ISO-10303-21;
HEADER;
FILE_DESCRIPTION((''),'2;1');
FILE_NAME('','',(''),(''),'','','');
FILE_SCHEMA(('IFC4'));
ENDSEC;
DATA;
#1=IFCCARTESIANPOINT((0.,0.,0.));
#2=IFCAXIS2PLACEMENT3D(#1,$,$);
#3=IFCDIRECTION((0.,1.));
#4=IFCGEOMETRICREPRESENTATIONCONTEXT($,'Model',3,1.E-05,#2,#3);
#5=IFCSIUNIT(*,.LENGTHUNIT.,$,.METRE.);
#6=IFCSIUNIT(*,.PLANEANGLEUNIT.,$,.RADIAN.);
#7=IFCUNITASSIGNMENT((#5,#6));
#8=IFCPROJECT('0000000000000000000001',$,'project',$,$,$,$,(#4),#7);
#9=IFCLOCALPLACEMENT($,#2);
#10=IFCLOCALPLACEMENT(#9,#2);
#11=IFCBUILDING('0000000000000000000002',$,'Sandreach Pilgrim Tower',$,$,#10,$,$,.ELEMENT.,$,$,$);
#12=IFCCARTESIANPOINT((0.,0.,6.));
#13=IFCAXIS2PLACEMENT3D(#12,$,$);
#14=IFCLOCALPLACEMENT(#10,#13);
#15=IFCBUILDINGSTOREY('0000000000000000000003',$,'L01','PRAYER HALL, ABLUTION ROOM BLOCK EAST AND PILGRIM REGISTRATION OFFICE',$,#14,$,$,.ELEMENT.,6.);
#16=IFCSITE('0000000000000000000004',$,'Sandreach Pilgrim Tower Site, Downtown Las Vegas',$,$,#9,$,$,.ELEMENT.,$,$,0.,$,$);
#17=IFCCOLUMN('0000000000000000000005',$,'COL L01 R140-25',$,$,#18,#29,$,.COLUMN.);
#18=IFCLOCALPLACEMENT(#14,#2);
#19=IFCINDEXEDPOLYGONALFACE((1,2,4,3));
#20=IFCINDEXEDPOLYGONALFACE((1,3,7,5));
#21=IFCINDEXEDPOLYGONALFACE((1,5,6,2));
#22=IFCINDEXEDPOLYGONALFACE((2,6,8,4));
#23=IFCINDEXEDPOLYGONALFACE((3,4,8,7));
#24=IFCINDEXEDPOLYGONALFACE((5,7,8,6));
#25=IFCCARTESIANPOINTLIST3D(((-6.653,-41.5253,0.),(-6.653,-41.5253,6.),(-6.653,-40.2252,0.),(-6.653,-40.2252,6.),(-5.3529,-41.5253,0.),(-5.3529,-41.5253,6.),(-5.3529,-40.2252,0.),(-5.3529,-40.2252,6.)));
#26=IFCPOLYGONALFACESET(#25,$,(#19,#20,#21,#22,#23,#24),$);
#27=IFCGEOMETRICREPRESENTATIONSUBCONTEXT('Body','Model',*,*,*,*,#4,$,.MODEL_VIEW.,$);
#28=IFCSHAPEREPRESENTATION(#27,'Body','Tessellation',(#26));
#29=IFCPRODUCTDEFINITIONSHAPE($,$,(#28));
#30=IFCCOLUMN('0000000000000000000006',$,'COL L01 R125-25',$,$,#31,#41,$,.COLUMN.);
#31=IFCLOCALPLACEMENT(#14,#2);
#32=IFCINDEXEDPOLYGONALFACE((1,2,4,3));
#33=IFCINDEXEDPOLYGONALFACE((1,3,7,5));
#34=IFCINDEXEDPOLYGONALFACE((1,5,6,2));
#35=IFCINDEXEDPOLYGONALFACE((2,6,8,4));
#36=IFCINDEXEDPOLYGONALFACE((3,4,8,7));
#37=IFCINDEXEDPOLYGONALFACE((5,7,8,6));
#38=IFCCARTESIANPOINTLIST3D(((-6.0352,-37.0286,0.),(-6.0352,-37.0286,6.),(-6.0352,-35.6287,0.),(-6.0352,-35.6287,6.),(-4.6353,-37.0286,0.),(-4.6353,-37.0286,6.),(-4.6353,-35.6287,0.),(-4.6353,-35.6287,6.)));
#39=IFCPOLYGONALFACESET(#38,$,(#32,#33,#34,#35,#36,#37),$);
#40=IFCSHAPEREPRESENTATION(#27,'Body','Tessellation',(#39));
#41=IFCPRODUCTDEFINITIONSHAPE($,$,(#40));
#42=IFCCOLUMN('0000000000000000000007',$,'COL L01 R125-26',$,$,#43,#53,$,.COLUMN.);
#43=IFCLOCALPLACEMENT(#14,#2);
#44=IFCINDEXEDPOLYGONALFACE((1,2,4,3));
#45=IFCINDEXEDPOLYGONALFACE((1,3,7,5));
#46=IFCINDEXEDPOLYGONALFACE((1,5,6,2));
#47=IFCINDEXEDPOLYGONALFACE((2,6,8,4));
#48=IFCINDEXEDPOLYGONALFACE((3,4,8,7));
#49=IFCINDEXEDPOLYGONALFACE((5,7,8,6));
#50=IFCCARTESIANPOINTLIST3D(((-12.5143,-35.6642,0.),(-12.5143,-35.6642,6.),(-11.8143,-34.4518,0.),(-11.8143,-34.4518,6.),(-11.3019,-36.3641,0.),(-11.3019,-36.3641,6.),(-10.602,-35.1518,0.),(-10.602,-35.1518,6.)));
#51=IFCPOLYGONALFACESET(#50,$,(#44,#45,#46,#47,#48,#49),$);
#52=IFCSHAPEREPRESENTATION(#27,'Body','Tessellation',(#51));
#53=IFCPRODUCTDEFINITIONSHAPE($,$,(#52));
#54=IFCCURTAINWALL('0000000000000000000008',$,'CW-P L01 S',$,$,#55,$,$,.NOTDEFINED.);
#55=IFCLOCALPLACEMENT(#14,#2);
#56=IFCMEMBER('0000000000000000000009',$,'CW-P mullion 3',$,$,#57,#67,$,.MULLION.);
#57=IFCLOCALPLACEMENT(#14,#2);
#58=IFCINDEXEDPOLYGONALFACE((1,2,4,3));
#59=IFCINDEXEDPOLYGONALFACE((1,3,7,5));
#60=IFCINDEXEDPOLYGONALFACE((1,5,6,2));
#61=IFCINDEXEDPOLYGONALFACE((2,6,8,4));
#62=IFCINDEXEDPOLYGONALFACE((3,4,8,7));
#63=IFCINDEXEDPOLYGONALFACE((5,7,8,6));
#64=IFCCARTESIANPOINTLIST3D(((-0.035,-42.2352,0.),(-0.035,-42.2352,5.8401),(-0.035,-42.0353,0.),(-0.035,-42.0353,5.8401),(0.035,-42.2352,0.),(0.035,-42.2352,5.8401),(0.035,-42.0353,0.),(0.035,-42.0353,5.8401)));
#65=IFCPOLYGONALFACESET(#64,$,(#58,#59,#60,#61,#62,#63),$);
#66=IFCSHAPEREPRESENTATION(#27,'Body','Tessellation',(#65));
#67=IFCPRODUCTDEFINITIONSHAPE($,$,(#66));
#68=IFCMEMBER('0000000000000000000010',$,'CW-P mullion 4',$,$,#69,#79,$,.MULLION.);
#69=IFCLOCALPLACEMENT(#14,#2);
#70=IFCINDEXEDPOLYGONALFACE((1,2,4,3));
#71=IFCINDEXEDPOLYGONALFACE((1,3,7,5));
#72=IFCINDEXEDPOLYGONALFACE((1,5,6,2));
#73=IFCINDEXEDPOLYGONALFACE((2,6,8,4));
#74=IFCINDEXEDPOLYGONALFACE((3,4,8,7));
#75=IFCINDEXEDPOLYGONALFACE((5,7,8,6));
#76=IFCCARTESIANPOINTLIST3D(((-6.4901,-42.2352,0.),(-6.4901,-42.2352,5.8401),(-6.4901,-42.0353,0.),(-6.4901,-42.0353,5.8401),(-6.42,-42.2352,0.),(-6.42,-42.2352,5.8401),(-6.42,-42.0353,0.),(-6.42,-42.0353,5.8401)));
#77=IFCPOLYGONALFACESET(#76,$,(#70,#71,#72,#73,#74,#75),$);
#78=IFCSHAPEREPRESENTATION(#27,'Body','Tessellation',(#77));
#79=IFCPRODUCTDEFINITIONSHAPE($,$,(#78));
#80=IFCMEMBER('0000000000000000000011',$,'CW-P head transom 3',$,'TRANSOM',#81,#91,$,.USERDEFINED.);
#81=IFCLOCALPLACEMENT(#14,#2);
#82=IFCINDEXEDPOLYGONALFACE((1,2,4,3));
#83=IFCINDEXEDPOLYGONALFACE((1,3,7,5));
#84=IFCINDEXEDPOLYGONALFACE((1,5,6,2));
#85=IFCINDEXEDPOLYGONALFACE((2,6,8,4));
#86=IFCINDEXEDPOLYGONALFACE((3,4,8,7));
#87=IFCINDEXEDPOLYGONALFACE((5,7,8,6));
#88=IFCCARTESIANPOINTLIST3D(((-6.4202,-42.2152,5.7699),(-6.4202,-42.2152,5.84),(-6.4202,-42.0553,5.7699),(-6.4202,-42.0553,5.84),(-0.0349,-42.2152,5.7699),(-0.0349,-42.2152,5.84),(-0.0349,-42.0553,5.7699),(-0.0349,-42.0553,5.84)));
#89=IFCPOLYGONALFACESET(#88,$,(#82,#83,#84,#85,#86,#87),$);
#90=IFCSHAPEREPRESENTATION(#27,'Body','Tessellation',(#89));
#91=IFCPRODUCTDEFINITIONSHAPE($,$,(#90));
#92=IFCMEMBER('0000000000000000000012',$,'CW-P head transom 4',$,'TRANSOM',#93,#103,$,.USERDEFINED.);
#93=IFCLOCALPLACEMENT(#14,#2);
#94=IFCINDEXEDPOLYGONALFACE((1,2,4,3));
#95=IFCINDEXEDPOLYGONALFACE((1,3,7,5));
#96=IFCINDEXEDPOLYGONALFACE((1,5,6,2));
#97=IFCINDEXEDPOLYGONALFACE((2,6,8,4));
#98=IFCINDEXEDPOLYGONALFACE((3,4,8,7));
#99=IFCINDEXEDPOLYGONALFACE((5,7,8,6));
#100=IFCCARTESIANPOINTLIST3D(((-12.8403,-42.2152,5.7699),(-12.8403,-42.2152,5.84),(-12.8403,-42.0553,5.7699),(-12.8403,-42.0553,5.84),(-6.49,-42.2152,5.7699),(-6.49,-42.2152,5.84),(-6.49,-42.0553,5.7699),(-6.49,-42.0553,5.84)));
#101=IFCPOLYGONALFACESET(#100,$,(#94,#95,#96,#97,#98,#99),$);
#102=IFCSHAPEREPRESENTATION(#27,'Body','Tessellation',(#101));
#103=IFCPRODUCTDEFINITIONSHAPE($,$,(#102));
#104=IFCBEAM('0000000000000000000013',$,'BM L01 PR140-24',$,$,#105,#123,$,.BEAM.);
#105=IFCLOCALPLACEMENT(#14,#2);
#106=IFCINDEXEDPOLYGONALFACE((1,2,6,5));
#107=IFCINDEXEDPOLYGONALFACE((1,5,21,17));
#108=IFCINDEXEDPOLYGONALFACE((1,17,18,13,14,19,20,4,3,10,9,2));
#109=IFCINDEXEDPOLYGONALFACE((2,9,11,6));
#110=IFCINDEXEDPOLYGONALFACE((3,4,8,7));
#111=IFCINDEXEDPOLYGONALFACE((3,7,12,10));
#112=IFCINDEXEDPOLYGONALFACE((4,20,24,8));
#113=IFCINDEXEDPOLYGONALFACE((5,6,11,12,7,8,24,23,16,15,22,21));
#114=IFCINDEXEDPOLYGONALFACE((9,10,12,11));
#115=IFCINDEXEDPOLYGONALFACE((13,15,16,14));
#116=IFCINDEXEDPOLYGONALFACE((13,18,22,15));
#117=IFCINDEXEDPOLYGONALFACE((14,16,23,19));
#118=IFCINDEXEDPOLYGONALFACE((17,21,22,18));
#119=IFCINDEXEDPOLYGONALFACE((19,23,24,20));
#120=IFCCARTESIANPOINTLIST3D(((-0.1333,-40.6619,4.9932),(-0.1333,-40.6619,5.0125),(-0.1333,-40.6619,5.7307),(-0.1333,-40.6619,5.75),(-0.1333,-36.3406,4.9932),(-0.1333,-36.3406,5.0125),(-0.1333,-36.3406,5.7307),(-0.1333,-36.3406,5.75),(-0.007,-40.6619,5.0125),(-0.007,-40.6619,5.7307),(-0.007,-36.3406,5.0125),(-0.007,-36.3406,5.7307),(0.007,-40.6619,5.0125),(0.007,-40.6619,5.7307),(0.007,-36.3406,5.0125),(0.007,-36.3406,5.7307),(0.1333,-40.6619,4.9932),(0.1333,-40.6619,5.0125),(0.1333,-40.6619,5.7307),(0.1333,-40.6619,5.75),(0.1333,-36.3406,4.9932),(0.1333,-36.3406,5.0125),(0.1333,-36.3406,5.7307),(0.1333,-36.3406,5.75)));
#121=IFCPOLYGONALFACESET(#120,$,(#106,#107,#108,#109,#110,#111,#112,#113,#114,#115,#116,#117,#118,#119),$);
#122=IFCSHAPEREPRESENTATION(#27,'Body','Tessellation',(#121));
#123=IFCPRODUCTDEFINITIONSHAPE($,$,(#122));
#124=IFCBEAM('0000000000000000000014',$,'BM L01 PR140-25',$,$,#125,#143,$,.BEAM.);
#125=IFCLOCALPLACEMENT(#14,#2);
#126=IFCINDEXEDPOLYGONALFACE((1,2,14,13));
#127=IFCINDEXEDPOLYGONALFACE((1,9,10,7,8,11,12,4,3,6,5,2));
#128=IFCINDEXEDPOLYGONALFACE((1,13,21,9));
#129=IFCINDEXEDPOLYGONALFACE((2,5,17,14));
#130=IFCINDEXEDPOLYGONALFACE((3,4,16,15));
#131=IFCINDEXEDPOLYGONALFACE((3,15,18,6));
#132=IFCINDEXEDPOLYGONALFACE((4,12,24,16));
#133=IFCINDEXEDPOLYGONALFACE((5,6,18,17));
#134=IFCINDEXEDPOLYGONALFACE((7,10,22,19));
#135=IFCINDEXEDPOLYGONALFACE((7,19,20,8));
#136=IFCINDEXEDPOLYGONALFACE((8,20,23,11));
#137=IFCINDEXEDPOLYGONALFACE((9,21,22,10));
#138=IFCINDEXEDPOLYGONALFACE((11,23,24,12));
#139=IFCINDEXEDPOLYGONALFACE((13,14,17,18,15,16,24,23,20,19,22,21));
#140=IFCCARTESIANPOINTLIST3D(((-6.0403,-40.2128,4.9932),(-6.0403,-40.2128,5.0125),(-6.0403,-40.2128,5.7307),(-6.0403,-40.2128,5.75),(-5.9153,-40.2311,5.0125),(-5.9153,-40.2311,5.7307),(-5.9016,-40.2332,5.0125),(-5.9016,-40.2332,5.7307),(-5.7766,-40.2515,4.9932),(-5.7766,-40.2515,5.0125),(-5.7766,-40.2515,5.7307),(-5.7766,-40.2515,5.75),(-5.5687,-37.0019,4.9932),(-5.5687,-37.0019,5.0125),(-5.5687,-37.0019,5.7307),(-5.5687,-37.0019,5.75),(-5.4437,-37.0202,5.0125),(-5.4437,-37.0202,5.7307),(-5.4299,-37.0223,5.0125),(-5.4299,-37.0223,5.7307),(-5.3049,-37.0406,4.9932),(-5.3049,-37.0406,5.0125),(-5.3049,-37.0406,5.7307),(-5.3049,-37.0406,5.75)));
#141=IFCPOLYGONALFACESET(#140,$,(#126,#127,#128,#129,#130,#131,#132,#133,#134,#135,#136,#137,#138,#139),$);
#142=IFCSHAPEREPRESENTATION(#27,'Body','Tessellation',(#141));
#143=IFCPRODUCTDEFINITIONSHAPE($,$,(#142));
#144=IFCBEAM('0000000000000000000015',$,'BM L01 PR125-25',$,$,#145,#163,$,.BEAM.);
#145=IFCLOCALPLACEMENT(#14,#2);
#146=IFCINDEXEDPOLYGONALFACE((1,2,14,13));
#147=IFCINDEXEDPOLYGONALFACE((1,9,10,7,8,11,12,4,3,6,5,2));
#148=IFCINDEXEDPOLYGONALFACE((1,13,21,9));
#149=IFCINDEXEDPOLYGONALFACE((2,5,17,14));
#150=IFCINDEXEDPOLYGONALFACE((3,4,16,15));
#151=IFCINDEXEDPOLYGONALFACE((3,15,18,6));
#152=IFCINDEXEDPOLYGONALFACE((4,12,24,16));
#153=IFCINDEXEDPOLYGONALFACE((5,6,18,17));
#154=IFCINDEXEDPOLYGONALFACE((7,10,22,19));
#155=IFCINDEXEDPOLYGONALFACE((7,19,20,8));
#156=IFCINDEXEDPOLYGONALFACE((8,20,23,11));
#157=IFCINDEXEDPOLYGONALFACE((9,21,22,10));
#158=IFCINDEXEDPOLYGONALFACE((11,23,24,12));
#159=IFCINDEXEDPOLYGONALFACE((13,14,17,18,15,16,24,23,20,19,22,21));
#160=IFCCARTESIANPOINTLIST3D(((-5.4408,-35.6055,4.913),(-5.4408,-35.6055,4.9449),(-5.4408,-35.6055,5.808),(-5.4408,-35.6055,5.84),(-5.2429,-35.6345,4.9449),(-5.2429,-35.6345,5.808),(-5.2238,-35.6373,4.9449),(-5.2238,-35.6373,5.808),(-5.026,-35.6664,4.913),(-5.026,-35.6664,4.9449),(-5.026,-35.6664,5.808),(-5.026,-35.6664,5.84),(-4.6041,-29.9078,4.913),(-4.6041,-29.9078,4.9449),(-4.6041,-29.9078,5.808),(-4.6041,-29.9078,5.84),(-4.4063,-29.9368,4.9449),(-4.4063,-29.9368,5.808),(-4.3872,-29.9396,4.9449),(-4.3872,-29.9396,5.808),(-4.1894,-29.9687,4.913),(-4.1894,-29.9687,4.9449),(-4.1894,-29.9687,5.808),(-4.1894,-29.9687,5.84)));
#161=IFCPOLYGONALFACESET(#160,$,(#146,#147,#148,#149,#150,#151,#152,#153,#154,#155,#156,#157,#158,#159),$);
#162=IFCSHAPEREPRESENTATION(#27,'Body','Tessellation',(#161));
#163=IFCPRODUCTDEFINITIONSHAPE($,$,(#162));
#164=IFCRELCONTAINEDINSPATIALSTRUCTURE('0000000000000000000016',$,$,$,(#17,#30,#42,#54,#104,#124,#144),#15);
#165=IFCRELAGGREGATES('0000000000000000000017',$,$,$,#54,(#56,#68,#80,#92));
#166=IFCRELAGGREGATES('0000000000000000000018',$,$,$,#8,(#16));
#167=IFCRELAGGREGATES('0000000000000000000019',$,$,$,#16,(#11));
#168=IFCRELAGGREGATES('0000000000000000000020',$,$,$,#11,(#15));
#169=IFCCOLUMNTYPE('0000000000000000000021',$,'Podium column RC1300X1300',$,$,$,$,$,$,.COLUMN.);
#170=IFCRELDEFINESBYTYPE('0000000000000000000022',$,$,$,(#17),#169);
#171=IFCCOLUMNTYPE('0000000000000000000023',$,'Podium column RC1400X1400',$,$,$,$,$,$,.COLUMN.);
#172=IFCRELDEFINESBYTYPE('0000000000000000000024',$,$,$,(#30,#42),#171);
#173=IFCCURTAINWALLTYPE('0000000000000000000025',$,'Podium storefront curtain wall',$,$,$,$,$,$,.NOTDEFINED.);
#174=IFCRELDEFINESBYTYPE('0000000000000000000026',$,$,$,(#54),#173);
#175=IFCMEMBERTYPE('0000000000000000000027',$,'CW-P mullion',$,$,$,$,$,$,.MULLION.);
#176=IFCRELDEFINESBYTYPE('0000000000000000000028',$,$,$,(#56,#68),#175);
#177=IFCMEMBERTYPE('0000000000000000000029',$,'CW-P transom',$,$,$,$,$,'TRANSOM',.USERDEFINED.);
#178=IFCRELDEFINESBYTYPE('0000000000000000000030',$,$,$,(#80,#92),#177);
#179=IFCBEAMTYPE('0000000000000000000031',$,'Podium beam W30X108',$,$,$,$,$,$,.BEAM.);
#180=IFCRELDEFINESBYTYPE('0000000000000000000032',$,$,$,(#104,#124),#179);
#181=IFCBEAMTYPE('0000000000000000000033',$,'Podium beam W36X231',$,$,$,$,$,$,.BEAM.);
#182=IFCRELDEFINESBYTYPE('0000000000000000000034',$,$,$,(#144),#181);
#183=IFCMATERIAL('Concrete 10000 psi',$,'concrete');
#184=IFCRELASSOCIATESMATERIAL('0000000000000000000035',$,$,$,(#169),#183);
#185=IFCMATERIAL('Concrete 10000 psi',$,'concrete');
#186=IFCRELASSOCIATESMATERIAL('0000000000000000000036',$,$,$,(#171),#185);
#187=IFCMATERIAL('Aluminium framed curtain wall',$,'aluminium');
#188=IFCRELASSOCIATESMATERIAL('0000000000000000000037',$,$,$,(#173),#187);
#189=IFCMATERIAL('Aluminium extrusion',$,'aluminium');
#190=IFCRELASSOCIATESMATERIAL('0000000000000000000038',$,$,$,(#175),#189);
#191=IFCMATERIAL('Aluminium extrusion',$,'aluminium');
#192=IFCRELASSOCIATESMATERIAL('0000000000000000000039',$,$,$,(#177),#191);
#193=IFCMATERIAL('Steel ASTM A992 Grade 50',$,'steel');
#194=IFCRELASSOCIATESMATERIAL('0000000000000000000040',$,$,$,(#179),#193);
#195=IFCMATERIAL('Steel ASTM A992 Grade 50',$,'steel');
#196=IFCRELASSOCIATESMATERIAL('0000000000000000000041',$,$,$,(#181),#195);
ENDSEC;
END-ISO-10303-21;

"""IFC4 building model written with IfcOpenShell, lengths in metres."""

from ifc_helpers import new_model, si_unit, direction, frame, origin, origin_2d, place, context, subcontext, project, spatial, rectangle, i_section, extrude, material, material_profile, profile_set, type_object, element, aggregate, save


model = new_model("IFC4")

# Units and contexts
model_context = context("Model", 3, precision=1e-05, world=origin(), true_north=direction((0.0, 1.0)))
body_context = subcontext(model_context, "Body", "Model", "MODEL_VIEW")
ifc_project = project(units=[si_unit("LENGTHUNIT", "METRE"), si_unit("PLANEANGLEUNIT", "RADIAN")], contexts=[model_context])

# Site, building, storey
site_placement = place(None, origin())
site = spatial("IfcSite", under=ifc_project, at=site_placement, Name="Sandreach Pilgrim Tower Site, Downtown Las Vegas", CompositionType="ELEMENT", RefElevation=0.0)
building_placement = place(site_placement, origin())
building = spatial("IfcBuilding", under=site, at=building_placement, Name="Sandreach Pilgrim Tower", CompositionType="ELEMENT")
storey_placement = place(building_placement, frame((0.0, 0.0, 6.0)))
storey = spatial("IfcBuildingStorey", under=building, at=storey_placement, Name="L01", Description="PRAYER HALL, ABLUTION ROOM BLOCK EAST AND PILGRIM REGISTRATION OFFICE", CompositionType="ELEMENT", Elevation=6.0)

# Columns
ifc_material_1 = material(Name="Concrete 10000 psi", Category="concrete")
ifc_material_profile_1 = material_profile(ifc_material_1, rectangle(XDim=1.3, YDim=1.3, at=origin_2d()), Name="RC1300X1300")
ifc_profile_set_1 = profile_set([ifc_material_profile_1], Name="Concrete 10000 psi")
column_type_1 = type_object("IfcColumnType", Name="Podium column RC1300X1300", PredefinedType="COLUMN", material=ifc_profile_set_1)
column_placement = place(storey_placement, frame((-6.0029, -40.8752, 0.0), z_axis=(0.0, 0.0, 1.0), x_axis=(0.0, -1.0, 0.0)))
element("IfcColumn", 1, at=column_placement, inside=storey, type_object=column_type_1, Name="COL L01 R140-25", PredefinedType="COLUMN", context=body_context, shape_type="SweptSolid", body=[
    extrude(rectangle(XDim=1.3, YDim=1.3, at=origin_2d()), origin(), (0.0, 0.0, 1.0), 6.0),
])
ifc_material_2 = material(Name="Concrete 10000 psi", Category="concrete")
ifc_material_profile_2 = material_profile(ifc_material_2, rectangle(XDim=1.3999, YDim=1.3999, at=origin_2d()), Name="RC1400X1400")
ifc_profile_set_2 = profile_set([ifc_material_profile_2], Name="Concrete 10000 psi")
column_type_2 = type_object("IfcColumnType", Name="Podium column RC1400X1400", PredefinedType="COLUMN", material=ifc_profile_set_2)
for number, where, z_axis, x_axis, name in (
    (2, (-5.3352, -36.3286, 0.0), (0.0, 0.0, 1.0), (0.0, -1.0, 0.0), "COL L01 R125-25"),
    (3, (-11.5581, -35.408, 0.0), (0.0, 0.0, 1.0), (-0.5, -0.866025, 0.0), "COL L01 R125-26"),
):
    element("IfcColumn", number, at=place(storey_placement, frame(where, z_axis=z_axis, x_axis=x_axis)), inside=storey, type_object=column_type_2, Name=name, PredefinedType="COLUMN", context=body_context, shape_type="SweptSolid", body=[
        extrude(rectangle(XDim=1.3999, YDim=1.3999, at=origin_2d()), origin(), (0.0, 0.0, 1.0), 6.0),
    ])

# Curtain wall, members
ifc_material_3 = material(Name="Aluminium framed curtain wall", Category="aluminium")
curtain_wall_type = type_object("IfcCurtainWallType", Name="Podium storefront curtain wall", PredefinedType="NOTDEFINED", material=ifc_material_3)
curtain_wall_placement = place(storey_placement, origin())
curtain_wall = element("IfcCurtainWall", 4, at=curtain_wall_placement, inside=storey, type_object=curtain_wall_type, Name="CW-P L01 S", PredefinedType="NOTDEFINED")
ifc_material_4 = material(Name="Aluminium extrusion", Category="aluminium")
ifc_material_profile_3 = material_profile(ifc_material_4, rectangle(XDim=0.0701, YDim=0.2, at=origin_2d()), Name="CW-PM 70X200")
ifc_profile_set_3 = profile_set([ifc_material_profile_3], Name="Aluminium extrusion")
member_type_1 = type_object("IfcMemberType", Name="CW-P mullion", PredefinedType="MULLION", material=ifc_profile_set_3)
member_1_placement = place(storey_placement, frame((0.0, -42.1353, 0.0), z_axis=(0.0, 0.0, 1.0), x_axis=(-1.0, 0.0, 0.0)))
member_1 = element("IfcMember", 5, at=member_1_placement, type_object=member_type_1, Name="CW-P mullion 3", PredefinedType="MULLION", context=body_context, shape_type="SweptSolid", body=[
    extrude(rectangle(XDim=0.0701, YDim=0.2, at=origin_2d()), origin(), (0.0, 0.0, 1.0), 5.8401),
])
member_2_placement = place(storey_placement, frame((-6.4551, -42.1353, 0.0), z_axis=(0.0, 0.0, 1.0), x_axis=(-1.0, 0.0, 0.0)))
member_2 = element("IfcMember", 6, at=member_2_placement, type_object=member_type_1, Name="CW-P mullion 4", PredefinedType="MULLION", context=body_context, shape_type="SweptSolid", body=[
    extrude(rectangle(XDim=0.0701, YDim=0.2, at=origin_2d()), origin(), (0.0, 0.0, 1.0), 5.8401),
])
ifc_material_5 = material(Name="Aluminium extrusion", Category="aluminium")
ifc_material_profile_4 = material_profile(ifc_material_5, rectangle(XDim=0.1599, YDim=0.0701, at=origin_2d()), Name="CW-PT 160X70")
ifc_profile_set_4 = profile_set([ifc_material_profile_4], Name="Aluminium extrusion")
member_type_2 = type_object("IfcMemberType", Name="CW-P transom", ElementType="TRANSOM", PredefinedType="USERDEFINED", material=ifc_profile_set_4)
member_3_placement = place(storey_placement, frame((-0.0349, -42.1353, 5.8049), z_axis=(-1.0, 0.0, 0.0), x_axis=(0.0, -1.0, 0.0)))
member_3 = element("IfcMember", 7, at=member_3_placement, type_object=member_type_2, Name="CW-P head transom 3", ObjectType="TRANSOM", PredefinedType="USERDEFINED", context=body_context, shape_type="SweptSolid", body=[
    extrude(rectangle(XDim=0.1599, YDim=0.0701, at=origin_2d()), origin(), (0.0, 0.0, 1.0), 6.3853),
])
member_4_placement = place(storey_placement, frame((-6.49, -42.1353, 5.8049), z_axis=(-1.0, 0.0, 0.0), x_axis=(0.0, -1.0, 0.0)))
member_4 = element("IfcMember", 8, at=member_4_placement, type_object=member_type_2, Name="CW-P head transom 4", ObjectType="TRANSOM", PredefinedType="USERDEFINED", context=body_context, shape_type="SweptSolid", body=[
    extrude(rectangle(XDim=0.1599, YDim=0.0701, at=origin_2d()), origin(), (0.0, 0.0, 1.0), 6.3503),
])

# Beams
ifc_material_6 = material(Name="Steel ASTM A992 Grade 50", Category="steel")
ifc_material_profile_5 = material_profile(ifc_material_6, i_section(OverallWidth=0.2666, OverallDepth=0.7568, WebThickness=0.0139, FlangeThickness=0.0193, at=origin_2d()), Name="W30X108")
ifc_profile_set_5 = profile_set([ifc_material_profile_5], Name="Steel ASTM A992 Grade 50")
beam_type_1 = type_object("IfcBeamType", Name="Podium beam W30X108", PredefinedType="BEAM", material=ifc_profile_set_5)
beam_1_placement = place(storey_placement, frame((0.0, -36.3406, 5.3716), z_axis=(0.0, -1.0, 0.0), x_axis=(1.0, 0.0, 0.0)))
element("IfcBeam", 9, at=beam_1_placement, inside=storey, type_object=beam_type_1, Name="BM L01 PR140-24", PredefinedType="BEAM", context=body_context, shape_type="SweptSolid", body=[
    extrude(i_section(OverallWidth=0.2666, OverallDepth=0.7568, WebThickness=0.0139, FlangeThickness=0.0193, at=origin_2d()), origin(), (0.0, 0.0, 1.0), 4.3213),
])
beam_2_placement = place(storey_placement, frame((-5.4368, -37.0212, 5.3716), z_axis=(-0.145338, -0.989382, 0.0), x_axis=(0.989382, -0.145338, 0.0)))
element("IfcBeam", 10, at=beam_2_placement, inside=storey, type_object=beam_type_1, Name="BM L01 PR140-25", PredefinedType="BEAM", context=body_context, shape_type="SweptSolid", body=[
    extrude(i_section(OverallWidth=0.2666, OverallDepth=0.7568, WebThickness=0.0139, FlangeThickness=0.0193, at=origin_2d()), origin(), (0.0, 0.0, 1.0), 3.2454),
])
ifc_material_7 = material(Name="Steel ASTM A992 Grade 50", Category="steel")
ifc_material_profile_6 = material_profile(ifc_material_7, i_section(OverallWidth=0.4192, OverallDepth=0.927, WebThickness=0.0193, FlangeThickness=0.032, at=origin_2d()), Name="W36X231")
ifc_profile_set_6 = profile_set([ifc_material_profile_6], Name="Steel ASTM A992 Grade 50")
beam_type_2 = type_object("IfcBeamType", Name="Podium beam W36X231", PredefinedType="BEAM", material=ifc_profile_set_6)
beam_3_placement = place(storey_placement, frame((-4.3967, -29.9382, 5.3765), z_axis=(-0.145284, -0.98939, 0.0), x_axis=(0.98939, -0.145284, 0.0)))
element("IfcBeam", 11, at=beam_3_placement, inside=storey, type_object=beam_type_2, Name="BM L01 PR125-25", PredefinedType="BEAM", context=body_context, shape_type="SweptSolid", body=[
    extrude(i_section(OverallWidth=0.4192, OverallDepth=0.927, WebThickness=0.0193, FlangeThickness=0.032, at=origin_2d()), origin(), (0.0, 0.0, 1.0), 5.7588),
])

aggregate(curtain_wall, [member_1, member_2, member_3, member_4])

save(model, "model.ifc")
